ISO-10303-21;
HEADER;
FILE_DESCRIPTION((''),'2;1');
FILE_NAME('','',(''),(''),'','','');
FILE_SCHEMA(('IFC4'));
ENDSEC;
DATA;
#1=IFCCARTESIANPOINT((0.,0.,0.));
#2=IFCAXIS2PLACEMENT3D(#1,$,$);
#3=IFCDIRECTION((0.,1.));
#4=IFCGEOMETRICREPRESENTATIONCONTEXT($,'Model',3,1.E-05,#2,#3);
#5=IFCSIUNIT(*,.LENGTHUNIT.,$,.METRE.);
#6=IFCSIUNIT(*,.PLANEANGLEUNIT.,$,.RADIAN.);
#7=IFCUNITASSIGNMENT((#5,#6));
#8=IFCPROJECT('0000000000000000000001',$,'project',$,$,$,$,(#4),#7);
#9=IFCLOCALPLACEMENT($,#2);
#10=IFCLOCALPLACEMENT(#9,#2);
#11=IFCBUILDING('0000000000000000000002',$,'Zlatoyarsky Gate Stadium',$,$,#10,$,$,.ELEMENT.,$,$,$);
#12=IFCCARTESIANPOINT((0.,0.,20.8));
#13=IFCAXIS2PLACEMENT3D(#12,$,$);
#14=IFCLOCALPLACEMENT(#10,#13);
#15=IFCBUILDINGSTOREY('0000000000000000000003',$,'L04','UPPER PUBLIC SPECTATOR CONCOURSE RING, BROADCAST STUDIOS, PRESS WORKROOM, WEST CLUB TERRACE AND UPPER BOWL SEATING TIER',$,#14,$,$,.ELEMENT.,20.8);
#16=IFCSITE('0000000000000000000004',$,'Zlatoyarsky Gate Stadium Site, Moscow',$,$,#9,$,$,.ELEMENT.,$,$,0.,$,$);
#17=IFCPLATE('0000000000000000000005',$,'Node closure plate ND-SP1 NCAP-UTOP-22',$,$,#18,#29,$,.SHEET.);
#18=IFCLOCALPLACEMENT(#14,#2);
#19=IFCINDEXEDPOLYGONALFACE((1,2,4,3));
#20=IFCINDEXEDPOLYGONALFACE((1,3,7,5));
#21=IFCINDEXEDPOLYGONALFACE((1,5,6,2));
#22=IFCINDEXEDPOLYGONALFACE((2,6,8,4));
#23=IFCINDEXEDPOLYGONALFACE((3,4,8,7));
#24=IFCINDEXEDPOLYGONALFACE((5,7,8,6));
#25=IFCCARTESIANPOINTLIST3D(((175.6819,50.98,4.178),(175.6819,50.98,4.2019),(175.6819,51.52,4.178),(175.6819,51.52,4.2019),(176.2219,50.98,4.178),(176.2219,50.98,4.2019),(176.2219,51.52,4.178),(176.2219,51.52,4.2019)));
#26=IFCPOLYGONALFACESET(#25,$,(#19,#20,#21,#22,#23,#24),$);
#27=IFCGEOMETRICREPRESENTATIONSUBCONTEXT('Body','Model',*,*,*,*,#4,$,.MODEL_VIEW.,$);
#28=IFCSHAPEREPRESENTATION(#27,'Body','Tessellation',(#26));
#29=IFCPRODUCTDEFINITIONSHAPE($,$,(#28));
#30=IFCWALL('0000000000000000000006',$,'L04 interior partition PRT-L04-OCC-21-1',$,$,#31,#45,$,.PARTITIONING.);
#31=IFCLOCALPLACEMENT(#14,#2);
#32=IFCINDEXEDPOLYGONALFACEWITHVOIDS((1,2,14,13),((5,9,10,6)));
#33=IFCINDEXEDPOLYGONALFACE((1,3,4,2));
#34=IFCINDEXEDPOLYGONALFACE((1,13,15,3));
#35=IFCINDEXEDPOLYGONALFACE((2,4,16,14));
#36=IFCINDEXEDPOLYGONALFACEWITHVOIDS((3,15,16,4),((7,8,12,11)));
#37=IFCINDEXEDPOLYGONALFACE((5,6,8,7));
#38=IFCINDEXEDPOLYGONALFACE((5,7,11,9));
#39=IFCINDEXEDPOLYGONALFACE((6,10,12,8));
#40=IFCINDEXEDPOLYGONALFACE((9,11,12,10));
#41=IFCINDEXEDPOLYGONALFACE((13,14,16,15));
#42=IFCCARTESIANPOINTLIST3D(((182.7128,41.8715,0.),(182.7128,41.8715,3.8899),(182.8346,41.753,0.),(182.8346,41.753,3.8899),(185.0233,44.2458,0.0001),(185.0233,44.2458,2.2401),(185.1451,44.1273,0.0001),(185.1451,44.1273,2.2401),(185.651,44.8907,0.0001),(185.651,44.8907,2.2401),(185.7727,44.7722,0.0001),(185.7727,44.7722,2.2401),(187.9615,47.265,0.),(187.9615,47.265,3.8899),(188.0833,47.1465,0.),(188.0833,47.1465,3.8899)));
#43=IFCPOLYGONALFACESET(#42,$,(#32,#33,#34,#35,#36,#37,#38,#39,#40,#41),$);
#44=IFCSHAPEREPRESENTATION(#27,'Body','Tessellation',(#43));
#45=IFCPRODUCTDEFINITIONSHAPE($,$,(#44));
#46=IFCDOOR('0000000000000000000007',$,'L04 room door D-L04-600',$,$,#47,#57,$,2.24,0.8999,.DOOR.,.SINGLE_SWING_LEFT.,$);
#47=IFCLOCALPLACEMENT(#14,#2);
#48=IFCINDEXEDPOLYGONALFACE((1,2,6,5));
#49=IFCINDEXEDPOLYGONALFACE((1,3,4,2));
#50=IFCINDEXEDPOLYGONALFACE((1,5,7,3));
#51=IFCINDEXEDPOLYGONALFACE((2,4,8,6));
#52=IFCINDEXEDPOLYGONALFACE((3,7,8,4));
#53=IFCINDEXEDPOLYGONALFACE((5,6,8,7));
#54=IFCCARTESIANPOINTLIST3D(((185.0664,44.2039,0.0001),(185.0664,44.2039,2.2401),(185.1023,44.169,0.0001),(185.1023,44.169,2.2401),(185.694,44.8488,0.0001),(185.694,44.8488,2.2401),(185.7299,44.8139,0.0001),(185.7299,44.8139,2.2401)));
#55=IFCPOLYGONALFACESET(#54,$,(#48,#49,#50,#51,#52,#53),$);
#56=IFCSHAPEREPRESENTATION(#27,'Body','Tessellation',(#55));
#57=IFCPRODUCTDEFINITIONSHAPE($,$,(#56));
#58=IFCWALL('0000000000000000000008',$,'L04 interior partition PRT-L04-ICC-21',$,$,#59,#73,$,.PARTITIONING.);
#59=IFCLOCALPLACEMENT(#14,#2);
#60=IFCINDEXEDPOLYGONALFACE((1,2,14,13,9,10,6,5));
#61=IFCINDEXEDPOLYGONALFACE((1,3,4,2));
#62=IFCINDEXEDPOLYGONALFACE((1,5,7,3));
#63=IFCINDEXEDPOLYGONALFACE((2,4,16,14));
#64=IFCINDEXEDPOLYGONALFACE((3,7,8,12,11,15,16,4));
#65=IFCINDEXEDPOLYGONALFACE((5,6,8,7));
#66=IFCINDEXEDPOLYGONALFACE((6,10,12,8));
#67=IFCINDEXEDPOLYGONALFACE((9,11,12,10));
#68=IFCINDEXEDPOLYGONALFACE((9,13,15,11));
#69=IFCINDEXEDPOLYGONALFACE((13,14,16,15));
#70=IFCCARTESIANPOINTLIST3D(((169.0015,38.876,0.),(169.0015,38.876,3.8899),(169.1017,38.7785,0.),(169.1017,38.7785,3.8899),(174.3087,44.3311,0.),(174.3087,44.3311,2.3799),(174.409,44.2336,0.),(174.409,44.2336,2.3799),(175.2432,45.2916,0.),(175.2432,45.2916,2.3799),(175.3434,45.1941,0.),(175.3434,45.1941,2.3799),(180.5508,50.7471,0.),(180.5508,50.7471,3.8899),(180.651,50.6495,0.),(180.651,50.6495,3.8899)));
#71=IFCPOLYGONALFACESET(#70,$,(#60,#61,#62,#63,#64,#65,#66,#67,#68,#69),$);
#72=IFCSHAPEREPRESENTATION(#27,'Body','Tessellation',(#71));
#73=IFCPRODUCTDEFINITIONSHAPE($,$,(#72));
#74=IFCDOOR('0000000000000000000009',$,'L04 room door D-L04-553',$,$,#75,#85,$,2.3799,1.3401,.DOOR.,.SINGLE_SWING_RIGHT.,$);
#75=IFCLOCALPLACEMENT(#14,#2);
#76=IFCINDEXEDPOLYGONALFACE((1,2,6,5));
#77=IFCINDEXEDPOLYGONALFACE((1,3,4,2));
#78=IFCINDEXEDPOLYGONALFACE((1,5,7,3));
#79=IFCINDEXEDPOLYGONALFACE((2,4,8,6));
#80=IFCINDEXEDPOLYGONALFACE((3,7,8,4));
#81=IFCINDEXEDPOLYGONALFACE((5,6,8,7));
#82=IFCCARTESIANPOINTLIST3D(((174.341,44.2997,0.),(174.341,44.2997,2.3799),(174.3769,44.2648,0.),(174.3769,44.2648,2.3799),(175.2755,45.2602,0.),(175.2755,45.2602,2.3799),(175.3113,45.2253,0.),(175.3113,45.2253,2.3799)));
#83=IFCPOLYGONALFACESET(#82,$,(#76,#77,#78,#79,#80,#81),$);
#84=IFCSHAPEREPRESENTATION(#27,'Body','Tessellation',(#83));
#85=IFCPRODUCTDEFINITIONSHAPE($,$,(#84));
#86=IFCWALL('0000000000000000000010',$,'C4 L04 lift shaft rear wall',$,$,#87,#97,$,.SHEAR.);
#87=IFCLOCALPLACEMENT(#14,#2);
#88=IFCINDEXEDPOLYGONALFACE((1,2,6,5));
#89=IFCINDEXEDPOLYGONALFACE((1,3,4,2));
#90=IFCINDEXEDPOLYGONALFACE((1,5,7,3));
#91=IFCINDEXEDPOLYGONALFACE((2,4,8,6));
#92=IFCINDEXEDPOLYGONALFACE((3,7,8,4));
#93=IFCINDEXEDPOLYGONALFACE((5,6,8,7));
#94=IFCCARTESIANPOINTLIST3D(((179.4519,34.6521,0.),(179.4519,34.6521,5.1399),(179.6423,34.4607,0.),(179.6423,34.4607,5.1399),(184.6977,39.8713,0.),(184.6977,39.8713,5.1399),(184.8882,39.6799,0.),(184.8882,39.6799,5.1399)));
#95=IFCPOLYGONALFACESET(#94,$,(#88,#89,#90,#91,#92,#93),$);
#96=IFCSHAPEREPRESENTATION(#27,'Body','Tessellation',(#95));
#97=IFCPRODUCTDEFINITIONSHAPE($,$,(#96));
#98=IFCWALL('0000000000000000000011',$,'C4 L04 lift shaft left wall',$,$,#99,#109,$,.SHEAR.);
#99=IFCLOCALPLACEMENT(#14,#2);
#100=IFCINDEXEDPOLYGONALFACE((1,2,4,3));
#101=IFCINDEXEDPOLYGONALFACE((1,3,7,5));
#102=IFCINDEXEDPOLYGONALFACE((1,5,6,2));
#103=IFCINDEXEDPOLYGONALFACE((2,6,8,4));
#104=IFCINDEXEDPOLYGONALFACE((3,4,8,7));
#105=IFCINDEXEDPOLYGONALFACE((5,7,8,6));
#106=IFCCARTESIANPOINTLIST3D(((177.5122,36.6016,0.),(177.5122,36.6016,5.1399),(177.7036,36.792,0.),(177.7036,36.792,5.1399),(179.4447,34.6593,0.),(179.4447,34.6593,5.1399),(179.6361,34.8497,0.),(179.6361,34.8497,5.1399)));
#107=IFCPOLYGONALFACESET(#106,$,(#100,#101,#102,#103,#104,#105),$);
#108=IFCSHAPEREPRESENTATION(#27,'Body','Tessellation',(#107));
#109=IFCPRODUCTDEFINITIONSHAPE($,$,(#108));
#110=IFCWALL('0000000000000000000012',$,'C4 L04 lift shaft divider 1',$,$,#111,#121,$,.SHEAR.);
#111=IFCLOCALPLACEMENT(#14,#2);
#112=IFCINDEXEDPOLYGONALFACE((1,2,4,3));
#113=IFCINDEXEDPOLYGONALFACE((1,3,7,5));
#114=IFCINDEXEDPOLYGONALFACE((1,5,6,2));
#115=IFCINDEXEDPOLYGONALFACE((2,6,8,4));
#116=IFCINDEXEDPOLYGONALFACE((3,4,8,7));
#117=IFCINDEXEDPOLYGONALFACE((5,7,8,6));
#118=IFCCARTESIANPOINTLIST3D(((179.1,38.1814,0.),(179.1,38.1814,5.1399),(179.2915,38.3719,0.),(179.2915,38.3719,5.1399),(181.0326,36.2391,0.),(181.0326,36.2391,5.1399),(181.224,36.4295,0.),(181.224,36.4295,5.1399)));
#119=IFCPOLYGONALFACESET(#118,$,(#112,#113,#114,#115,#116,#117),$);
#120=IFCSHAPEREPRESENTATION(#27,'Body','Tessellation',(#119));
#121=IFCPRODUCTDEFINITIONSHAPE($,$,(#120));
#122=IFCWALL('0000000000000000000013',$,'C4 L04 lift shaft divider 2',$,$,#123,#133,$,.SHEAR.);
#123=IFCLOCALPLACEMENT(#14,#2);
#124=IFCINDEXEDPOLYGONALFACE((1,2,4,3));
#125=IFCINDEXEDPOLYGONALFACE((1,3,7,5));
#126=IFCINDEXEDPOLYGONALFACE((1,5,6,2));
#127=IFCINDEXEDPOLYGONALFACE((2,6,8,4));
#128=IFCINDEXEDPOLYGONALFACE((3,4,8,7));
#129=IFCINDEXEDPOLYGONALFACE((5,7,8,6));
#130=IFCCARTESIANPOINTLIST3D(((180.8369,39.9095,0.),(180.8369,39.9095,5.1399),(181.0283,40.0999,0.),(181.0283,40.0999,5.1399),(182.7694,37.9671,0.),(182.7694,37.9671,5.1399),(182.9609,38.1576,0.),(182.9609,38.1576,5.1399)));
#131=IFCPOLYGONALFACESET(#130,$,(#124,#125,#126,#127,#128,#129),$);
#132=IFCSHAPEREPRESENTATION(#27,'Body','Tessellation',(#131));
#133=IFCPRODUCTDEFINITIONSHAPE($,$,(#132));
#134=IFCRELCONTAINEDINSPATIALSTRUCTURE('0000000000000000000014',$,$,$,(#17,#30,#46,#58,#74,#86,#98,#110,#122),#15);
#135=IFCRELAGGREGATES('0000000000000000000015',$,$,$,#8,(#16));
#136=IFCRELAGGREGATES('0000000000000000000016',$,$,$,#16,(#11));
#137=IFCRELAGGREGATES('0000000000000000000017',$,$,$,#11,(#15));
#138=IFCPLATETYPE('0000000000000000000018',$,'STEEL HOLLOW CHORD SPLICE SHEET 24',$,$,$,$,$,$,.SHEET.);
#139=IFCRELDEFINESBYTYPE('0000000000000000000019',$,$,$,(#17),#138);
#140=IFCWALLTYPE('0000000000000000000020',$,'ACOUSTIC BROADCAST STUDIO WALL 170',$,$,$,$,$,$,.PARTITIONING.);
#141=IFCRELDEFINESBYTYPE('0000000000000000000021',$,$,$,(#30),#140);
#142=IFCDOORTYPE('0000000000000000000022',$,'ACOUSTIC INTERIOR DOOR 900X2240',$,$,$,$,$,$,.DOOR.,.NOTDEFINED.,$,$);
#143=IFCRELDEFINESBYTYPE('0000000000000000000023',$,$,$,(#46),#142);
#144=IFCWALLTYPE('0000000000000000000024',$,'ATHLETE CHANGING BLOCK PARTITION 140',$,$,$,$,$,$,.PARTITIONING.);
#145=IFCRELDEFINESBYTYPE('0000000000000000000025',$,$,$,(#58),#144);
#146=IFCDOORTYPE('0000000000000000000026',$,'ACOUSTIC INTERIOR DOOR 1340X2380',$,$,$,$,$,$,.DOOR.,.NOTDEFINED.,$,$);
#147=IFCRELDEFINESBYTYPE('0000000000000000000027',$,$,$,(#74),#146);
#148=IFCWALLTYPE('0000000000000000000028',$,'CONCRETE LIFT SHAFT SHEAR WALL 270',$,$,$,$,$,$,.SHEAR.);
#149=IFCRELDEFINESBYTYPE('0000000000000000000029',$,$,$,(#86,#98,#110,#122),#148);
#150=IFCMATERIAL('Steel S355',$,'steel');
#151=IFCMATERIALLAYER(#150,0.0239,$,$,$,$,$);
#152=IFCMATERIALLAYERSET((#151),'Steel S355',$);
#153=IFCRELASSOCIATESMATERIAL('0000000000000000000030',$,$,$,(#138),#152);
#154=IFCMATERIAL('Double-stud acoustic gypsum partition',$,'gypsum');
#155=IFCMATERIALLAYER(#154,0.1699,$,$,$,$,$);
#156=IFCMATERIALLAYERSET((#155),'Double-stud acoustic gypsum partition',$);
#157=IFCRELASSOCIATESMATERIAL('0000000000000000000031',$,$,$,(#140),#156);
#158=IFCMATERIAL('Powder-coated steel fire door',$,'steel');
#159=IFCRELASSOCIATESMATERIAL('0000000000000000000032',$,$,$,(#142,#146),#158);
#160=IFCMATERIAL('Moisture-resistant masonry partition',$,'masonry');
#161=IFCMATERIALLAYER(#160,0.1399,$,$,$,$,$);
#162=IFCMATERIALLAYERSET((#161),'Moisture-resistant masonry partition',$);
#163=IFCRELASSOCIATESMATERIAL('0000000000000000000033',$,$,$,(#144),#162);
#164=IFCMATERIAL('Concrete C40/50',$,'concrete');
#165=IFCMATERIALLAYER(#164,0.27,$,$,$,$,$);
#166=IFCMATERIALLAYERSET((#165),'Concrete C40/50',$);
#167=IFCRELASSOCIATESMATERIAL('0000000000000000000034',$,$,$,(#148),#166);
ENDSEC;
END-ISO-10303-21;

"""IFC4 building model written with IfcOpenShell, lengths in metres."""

from ifc_helpers import new_model, si_unit, direction, frame, frame_2d, origin, origin_2d, place, context, subcontext, project, spatial, rectangle, extrude, material, layer, layer_set, type_object, element, fill, save


model = new_model("IFC4")

# Units and contexts
model_context = context("Model", 3, precision=1e-05, world=origin(), true_north=direction((0.0, 1.0)))
body_context = subcontext(model_context, "Body", "Model", "MODEL_VIEW")
ifc_project = project(units=[si_unit("LENGTHUNIT", "METRE"), si_unit("PLANEANGLEUNIT", "RADIAN")], contexts=[model_context])

# Site, building, storey
site_placement = place(None, origin())
site = spatial("IfcSite", under=ifc_project, at=site_placement, Name="Zlatoyarsky Gate Stadium Site, Moscow", CompositionType="ELEMENT", RefElevation=0.0)
building_placement = place(site_placement, origin())
building = spatial("IfcBuilding", under=site, at=building_placement, Name="Zlatoyarsky Gate Stadium", CompositionType="ELEMENT")
storey_placement = place(building_placement, frame((0.0, 0.0, 20.8)))
storey = spatial("IfcBuildingStorey", under=building, at=storey_placement, Name="L04", Description="UPPER PUBLIC SPECTATOR CONCOURSE RING, BROADCAST STUDIOS, PRESS WORKROOM, WEST CLUB TERRACE AND UPPER BOWL SEATING TIER", CompositionType="ELEMENT", Elevation=20.8)

# Shared definitions
ifc_material_1 = material(Name="Steel S355", Category="steel")

# Plate
ifc_layer_1 = layer(ifc_material_1, 0.0239)
ifc_layer_set_1 = layer_set([ifc_layer_1], Name="Steel S355")
plate_type = type_object("IfcPlateType", Name="STEEL HOLLOW CHORD SPLICE SHEET 24", PredefinedType="SHEET", material=ifc_layer_set_1)
plate_placement = place(storey_placement, frame((175.9519, 51.25, 4.178), z_axis=(0.0, 0.0, 1.0), x_axis=(1.0, 0.0, 0.0)))
element("IfcPlate", 1, at=plate_placement, inside=storey, type_object=plate_type, Name="Node closure plate ND-SP1 NCAP-UTOP-22", PredefinedType="SHEET", context=body_context, shape_type="SweptSolid", body=[
    extrude(rectangle(XDim=0.54, YDim=0.54, at=origin_2d()), origin(), (0.0, 0.0, 1.0), 0.0239),
])

# Walls, openings, doors
ifc_material_2 = material(Name="Double-stud acoustic gypsum partition", Category="gypsum")
ifc_layer_2 = layer(ifc_material_2, 0.1699)
ifc_layer_set_2 = layer_set([ifc_layer_2], Name="Double-stud acoustic gypsum partition")
wall_type_1 = type_object("IfcWallType", Name="ACOUSTIC BROADCAST STUDIO WALL 170", PredefinedType="PARTITIONING", material=ifc_layer_set_2)
wall_1_placement = place(storey_placement, frame((182.7737, 41.8123, 0.0), z_axis=(0.0, 0.0, 1.0), x_axis=(0.697423, 0.71666, 0.0)))
wall_1 = element("IfcWall", 2, at=wall_1_placement, inside=storey, type_object=wall_type_1, Name="L04 interior partition PRT-L04-OCC-21-1", PredefinedType="PARTITIONING", context=body_context, shape_type="SweptSolid", body=[
    extrude(rectangle(XDim=7.5259, YDim=0.1699, at=frame_2d((3.7629, 0.0))), origin(), (0.0, 0.0, 1.0), 3.8899),
])
opening_1_placement = place(wall_1_placement, frame((3.313, 0.0, 0.0)))
opening_1 = element("IfcOpeningElement", 3, at=opening_1_placement, cuts=wall_1, PredefinedType="OPENING", context=body_context, shape_type="SweptSolid", body=[
    extrude(rectangle(XDim=0.8999, YDim=2.24, at=frame_2d((0.45, 1.1201))), frame((0.0, 0.095, 0.0), z_axis=(0.0, -1.0, 0.0), x_axis=(1.0, 0.0, 0.0)), (0.0, 0.0, 1.0), 0.1899),
])
ifc_material_3 = material(Name="Powder-coated steel fire door", Category="steel")
door_type_1 = type_object("IfcDoorType", Name="ACOUSTIC INTERIOR DOOR 900X2240", OperationType="NOTDEFINED", PredefinedType="DOOR", material=ifc_material_3)
door_1_placement = place(opening_1_placement, origin())
door_1 = element("IfcDoor", 4, at=door_1_placement, inside=storey, type_object=door_type_1, Name="L04 room door D-L04-600", OperationType="SINGLE_SWING_LEFT", OverallHeight=2.24, OverallWidth=0.8999, PredefinedType="DOOR", context=body_context, shape_type="SweptSolid", body=[
    extrude(rectangle(XDim=0.8999, YDim=2.24, at=frame_2d((0.45, 1.1201))), frame((0.0, 0.0249, 0.0), z_axis=(0.0, -1.0, 0.0), x_axis=(1.0, 0.0, 0.0)), (0.0, 0.0, 1.0), 0.05),
])
fill(opening_1, door_1)
ifc_material_4 = material(Name="Moisture-resistant masonry partition", Category="masonry")
ifc_layer_3 = layer(ifc_material_4, 0.1399)
ifc_layer_set_3 = layer_set([ifc_layer_3], Name="Moisture-resistant masonry partition")
wall_type_2 = type_object("IfcWallType", Name="ATHLETE CHANGING BLOCK PARTITION 140", PredefinedType="PARTITIONING", material=ifc_layer_set_3)
wall_2_placement = place(storey_placement, frame((169.0515, 38.8271, 0.0), z_axis=(0.0, 0.0, 1.0), x_axis=(0.697326, 0.716754, 0.0)))
wall_2 = element("IfcWall", 5, at=wall_2_placement, inside=storey, type_object=wall_type_2, Name="L04 interior partition PRT-L04-ICC-21", PredefinedType="PARTITIONING", context=body_context, shape_type="SweptSolid", body=[
    extrude(rectangle(XDim=16.5623, YDim=0.1399, at=frame_2d((8.2812, 0.0))), origin(), (0.0, 0.0, 1.0), 3.8899),
])
opening_2_placement = place(wall_2_placement, frame((7.6111, 0.0, 0.0)))
opening_2 = element("IfcOpeningElement", 6, at=opening_2_placement, cuts=wall_2, PredefinedType="OPENING", context=body_context, shape_type="SweptSolid", body=[
    extrude(rectangle(XDim=1.3401, YDim=2.3799, at=frame_2d((0.6699, 1.1899))), frame((0.0, 0.0798, 0.0), z_axis=(0.0, -1.0, 0.0), x_axis=(1.0, 0.0, 0.0)), (0.0, 0.0, 1.0), 0.1599),
])
door_type_2 = type_object("IfcDoorType", Name="ACOUSTIC INTERIOR DOOR 1340X2380", OperationType="NOTDEFINED", PredefinedType="DOOR", material=ifc_material_3)
door_2_placement = place(opening_2_placement, origin())
door_2 = element("IfcDoor", 7, at=door_2_placement, inside=storey, type_object=door_type_2, Name="L04 room door D-L04-553", OperationType="SINGLE_SWING_RIGHT", OverallHeight=2.3799, OverallWidth=1.3401, PredefinedType="DOOR", context=body_context, shape_type="SweptSolid", body=[
    extrude(rectangle(XDim=1.3401, YDim=2.3799, at=frame_2d((0.6699, 1.1899))), frame((0.0, 0.0249, 0.0), z_axis=(0.0, -1.0, 0.0), x_axis=(1.0, 0.0, 0.0)), (0.0, 0.0, 1.0), 0.05),
])
fill(opening_2, door_2)

# Walls
ifc_material_5 = material(Name="Concrete C40/50", Category="concrete")
ifc_layer_4 = layer(ifc_material_5, 0.27)
ifc_layer_set_4 = layer_set([ifc_layer_4], Name="Concrete C40/50")
wall_type_3 = type_object("IfcWallType", Name="CONCRETE LIFT SHAFT SHEAR WALL 270", PredefinedType="SHEAR", material=ifc_layer_set_4)
wall_3_placement = place(storey_placement, frame((179.5471, 34.5564, 0.0), z_axis=(0.0, 0.0, 1.0), x_axis=(0.708903, 0.705306, 0.0)))
element("IfcWall", 8, at=wall_3_placement, inside=storey, type_object=wall_type_3, Name="C4 L04 lift shaft rear wall", PredefinedType="SHEAR", context=body_context, shape_type="SweptSolid", body=[
    extrude(rectangle(XDim=7.3999, YDim=0.27, at=frame_2d((3.7, 0.0))), origin(), (0.0, 0.0, 1.0), 5.1399),
])
for number, where, z_axis, x_axis, name in (
    (9, (179.5405, 34.7544, 0.0), (0.0, 0.0, 1.0), (-0.705323, 0.708887, 0.0), "C4 L04 lift shaft left wall"),
    (10, (181.1284, 36.3342, 0.0), (0.0, 0.0, 1.0), (-0.705323, 0.708887, 0.0), "C4 L04 lift shaft divider 1"),
    (11, (182.8652, 38.0623, 0.0), (0.0, 0.0, 1.0), (-0.705323, 0.708887, 0.0), "C4 L04 lift shaft divider 2"),
):
    element("IfcWall", number, at=place(storey_placement, frame(where, z_axis=z_axis, x_axis=x_axis)), inside=storey, type_object=wall_type_3, Name=name, PredefinedType="SHEAR", context=body_context, shape_type="SweptSolid", body=[
        extrude(rectangle(XDim=2.74, YDim=0.27, at=frame_2d((1.3701, 0.0))), origin(), (0.0, 0.0, 1.0), 5.1399),
    ])

save(model, "model.ifc")
